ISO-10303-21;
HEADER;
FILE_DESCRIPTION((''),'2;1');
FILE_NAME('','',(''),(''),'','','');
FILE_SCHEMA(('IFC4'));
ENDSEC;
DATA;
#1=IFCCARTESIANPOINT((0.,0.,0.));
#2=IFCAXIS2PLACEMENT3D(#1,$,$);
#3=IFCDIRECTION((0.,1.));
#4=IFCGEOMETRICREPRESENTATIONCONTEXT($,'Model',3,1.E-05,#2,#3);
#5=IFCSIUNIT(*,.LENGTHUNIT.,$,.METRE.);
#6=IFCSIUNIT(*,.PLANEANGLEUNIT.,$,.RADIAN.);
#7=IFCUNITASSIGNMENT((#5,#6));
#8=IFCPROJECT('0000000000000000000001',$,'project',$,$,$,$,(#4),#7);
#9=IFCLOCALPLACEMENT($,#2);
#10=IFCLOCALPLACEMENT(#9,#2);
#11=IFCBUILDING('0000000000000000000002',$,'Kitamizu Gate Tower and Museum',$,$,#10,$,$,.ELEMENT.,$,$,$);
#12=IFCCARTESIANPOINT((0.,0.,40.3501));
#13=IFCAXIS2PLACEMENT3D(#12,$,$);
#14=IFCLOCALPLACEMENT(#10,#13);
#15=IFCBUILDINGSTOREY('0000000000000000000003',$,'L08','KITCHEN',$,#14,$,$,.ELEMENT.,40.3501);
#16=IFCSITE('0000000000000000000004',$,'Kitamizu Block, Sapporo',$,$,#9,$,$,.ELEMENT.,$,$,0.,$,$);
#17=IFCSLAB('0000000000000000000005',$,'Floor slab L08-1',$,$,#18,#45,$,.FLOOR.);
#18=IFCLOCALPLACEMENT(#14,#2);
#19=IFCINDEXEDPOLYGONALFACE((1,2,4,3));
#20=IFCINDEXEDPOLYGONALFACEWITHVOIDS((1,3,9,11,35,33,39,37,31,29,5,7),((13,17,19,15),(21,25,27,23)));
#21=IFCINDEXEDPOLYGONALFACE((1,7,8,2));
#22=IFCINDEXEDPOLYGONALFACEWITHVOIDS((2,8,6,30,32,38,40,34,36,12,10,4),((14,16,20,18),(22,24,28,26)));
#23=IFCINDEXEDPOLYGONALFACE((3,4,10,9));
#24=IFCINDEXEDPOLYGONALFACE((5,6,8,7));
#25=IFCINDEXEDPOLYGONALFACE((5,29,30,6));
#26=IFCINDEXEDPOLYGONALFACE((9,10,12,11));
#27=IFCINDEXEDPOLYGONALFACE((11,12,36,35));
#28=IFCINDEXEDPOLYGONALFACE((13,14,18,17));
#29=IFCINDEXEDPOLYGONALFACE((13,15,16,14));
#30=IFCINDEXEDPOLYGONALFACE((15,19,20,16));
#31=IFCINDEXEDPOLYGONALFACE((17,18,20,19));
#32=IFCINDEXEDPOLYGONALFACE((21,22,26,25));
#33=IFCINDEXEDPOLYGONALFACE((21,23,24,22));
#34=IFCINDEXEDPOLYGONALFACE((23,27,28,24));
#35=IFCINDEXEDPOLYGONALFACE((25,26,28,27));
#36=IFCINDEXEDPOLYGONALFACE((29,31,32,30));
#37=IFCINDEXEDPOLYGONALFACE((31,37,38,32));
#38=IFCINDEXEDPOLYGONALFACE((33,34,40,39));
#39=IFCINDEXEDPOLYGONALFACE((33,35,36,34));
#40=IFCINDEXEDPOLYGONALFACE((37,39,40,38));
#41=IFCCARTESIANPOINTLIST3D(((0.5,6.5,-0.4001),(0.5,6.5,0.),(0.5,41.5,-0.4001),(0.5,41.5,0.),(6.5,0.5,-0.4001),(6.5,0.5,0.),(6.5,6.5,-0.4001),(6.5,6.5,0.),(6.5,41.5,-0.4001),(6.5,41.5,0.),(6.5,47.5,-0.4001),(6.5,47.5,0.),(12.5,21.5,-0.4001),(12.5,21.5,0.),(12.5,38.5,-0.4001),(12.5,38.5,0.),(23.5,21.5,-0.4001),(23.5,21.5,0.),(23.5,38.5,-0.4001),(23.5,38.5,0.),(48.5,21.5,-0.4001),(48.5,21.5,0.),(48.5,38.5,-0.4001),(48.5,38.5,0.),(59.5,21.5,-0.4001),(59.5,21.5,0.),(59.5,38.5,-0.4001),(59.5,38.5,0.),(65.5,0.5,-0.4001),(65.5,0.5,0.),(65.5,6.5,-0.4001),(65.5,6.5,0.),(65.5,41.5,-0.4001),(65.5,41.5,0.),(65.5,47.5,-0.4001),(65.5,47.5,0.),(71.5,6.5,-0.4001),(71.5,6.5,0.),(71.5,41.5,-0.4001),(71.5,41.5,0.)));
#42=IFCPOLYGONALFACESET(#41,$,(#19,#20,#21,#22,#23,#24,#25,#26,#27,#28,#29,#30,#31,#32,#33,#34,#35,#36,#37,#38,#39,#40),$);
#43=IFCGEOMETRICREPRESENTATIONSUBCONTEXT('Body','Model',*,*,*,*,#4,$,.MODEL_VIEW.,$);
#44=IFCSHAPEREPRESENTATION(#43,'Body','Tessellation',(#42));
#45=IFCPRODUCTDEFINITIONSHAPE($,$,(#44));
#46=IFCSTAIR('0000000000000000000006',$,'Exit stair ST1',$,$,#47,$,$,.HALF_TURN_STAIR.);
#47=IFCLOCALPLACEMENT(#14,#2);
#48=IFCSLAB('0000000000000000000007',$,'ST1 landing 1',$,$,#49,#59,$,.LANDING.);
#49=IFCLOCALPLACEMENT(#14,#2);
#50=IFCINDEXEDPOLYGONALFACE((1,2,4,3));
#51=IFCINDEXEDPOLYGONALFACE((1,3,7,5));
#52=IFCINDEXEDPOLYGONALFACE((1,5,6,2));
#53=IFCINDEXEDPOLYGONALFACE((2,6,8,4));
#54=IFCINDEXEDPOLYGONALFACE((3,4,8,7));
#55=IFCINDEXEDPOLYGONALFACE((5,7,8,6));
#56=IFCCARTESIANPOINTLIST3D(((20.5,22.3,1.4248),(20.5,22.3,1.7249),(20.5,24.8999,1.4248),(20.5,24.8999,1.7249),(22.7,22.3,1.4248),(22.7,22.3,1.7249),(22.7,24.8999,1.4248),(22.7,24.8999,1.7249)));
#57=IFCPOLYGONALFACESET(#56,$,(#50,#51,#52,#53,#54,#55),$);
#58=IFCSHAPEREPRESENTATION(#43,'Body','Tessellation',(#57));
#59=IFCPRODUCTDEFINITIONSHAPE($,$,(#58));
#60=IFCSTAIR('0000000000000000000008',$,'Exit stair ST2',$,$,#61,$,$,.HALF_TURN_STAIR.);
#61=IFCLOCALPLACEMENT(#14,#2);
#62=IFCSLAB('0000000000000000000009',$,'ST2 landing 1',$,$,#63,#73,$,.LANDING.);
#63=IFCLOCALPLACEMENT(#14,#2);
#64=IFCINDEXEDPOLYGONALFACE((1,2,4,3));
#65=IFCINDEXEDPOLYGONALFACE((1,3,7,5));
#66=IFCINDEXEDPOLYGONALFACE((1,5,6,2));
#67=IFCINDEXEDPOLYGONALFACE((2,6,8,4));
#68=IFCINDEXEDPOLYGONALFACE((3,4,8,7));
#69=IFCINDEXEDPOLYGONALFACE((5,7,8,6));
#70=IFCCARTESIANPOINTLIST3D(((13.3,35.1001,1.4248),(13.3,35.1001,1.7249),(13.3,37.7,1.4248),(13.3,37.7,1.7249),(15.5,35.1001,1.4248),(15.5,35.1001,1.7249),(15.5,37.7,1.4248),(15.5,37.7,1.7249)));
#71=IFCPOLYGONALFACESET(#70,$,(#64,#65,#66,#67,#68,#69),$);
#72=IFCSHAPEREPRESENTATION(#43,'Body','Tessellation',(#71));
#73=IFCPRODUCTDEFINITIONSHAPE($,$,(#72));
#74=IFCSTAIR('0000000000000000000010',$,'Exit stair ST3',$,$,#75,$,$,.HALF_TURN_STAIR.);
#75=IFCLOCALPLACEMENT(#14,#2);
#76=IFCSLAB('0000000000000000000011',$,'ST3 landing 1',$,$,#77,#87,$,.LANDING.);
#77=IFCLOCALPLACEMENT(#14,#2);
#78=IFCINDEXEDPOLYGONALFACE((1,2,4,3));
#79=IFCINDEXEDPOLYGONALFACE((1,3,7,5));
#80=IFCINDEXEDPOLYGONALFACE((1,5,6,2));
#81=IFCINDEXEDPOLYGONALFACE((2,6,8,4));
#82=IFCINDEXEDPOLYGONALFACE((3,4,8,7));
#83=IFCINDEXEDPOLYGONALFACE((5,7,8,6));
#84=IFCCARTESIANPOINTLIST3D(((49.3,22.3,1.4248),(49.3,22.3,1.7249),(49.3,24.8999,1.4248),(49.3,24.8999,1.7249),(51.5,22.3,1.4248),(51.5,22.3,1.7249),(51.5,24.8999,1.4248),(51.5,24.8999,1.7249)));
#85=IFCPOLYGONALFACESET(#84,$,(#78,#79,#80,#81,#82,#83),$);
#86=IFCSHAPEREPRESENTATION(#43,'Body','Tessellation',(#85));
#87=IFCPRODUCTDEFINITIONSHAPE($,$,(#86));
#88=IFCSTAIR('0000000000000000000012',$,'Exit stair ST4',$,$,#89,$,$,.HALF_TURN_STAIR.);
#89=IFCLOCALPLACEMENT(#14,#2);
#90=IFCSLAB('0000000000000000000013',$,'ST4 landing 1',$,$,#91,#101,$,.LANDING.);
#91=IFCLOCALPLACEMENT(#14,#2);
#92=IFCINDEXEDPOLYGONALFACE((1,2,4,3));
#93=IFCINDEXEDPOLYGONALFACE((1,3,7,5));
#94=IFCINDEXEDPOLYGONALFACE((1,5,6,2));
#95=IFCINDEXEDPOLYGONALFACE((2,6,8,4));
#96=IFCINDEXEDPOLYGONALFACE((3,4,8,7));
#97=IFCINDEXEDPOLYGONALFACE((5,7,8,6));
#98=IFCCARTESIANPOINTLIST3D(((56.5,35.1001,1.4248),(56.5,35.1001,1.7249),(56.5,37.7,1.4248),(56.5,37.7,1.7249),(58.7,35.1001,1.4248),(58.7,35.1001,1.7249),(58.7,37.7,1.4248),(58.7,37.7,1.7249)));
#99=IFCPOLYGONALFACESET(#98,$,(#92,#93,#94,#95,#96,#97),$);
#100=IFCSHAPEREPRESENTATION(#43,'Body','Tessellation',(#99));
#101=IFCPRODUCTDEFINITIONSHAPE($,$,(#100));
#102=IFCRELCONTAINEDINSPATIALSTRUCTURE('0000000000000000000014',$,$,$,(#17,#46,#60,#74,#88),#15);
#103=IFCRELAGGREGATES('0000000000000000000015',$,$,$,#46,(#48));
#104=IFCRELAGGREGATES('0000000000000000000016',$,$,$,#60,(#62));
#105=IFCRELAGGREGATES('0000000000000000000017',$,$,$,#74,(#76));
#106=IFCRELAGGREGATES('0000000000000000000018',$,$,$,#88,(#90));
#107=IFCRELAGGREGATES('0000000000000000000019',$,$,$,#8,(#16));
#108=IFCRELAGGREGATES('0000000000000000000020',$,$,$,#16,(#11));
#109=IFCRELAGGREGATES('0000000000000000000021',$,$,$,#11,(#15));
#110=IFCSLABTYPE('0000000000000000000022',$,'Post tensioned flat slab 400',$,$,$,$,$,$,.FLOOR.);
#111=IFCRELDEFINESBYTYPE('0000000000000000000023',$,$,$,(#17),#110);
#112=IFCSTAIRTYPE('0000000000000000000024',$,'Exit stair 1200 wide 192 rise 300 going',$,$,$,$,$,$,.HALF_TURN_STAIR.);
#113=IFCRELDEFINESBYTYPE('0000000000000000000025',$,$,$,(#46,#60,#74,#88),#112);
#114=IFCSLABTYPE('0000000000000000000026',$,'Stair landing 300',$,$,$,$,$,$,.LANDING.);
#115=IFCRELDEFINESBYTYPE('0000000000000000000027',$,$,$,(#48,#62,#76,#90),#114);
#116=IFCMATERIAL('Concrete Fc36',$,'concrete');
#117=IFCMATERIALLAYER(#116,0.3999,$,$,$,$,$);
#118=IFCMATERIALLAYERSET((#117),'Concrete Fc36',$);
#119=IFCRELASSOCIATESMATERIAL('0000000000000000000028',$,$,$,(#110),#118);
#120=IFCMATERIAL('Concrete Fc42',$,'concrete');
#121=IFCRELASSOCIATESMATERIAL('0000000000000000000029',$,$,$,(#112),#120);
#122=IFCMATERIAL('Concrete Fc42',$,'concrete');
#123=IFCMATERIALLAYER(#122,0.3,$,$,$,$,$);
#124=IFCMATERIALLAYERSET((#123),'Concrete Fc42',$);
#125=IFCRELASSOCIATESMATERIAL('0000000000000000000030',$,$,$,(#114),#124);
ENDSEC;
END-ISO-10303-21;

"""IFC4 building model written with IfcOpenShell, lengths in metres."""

from ifc_helpers import new_model, si_unit, direction, frame, origin, place, context, subcontext, project, spatial, polyline, outline, extrude, material, layer, layer_set, type_object, element, aggregate, save


model = new_model("IFC4")

# Units and contexts
model_context = context("Model", 3, precision=1e-05, world=origin(), true_north=direction((0.0, 1.0)))
body_context = subcontext(model_context, "Body", "Model", "MODEL_VIEW")
ifc_project = project(units=[si_unit("LENGTHUNIT", "METRE"), si_unit("PLANEANGLEUNIT", "RADIAN")], contexts=[model_context])

# Site, building, storey
site_placement = place(None, origin())
site = spatial("IfcSite", under=ifc_project, at=site_placement, Name="Kitamizu Block, Sapporo", CompositionType="ELEMENT", RefElevation=0.0)
building_placement = place(site_placement, origin())
building = spatial("IfcBuilding", under=site, at=building_placement, Name="Kitamizu Gate Tower and Museum", CompositionType="ELEMENT")
storey_placement = place(building_placement, frame((0.0, 0.0, 40.3501)))
storey = spatial("IfcBuildingStorey", under=building, at=storey_placement, Name="L08", Description="KITCHEN", CompositionType="ELEMENT", Elevation=40.3501)

# Slab
ifc_material_1 = material(Name="Concrete Fc36", Category="concrete")
ifc_layer_1 = layer(ifc_material_1, 0.3999)
ifc_layer_set_1 = layer_set([ifc_layer_1], Name="Concrete Fc36")
slab_type_1 = type_object("IfcSlabType", Name="Post tensioned flat slab 400", PredefinedType="FLOOR", material=ifc_layer_set_1)
slab_1_placement = place(storey_placement, frame((0.0, 0.0, -0.4001)))
element("IfcSlab", 1, at=slab_1_placement, inside=storey, type_object=slab_type_1, Name="Floor slab L08-1", PredefinedType="FLOOR", context=body_context, shape_type="SweptSolid", body=[
    extrude(outline(polyline([(0.5, 6.5), (0.5, 41.5), (6.5, 41.5), (6.5, 47.5), (65.5, 47.5), (65.5, 41.5), (71.5, 41.5), (71.5, 6.5), (65.5, 6.5), (65.5, 0.5), (6.5, 0.5), (6.5, 6.5), (0.5, 6.5)]), holes=[polyline([(59.5, 38.5), (48.5, 38.5), (48.5, 21.5), (59.5, 21.5), (59.5, 38.5)]), polyline([(12.5, 38.5), (12.5, 21.5), (23.5, 21.5), (23.5, 38.5), (12.5, 38.5)])]), origin(), (0.0, 0.0, 1.0), 0.4001),
])

# Stairs, slabs
ifc_material_2 = material(Name="Concrete Fc42", Category="concrete")
stair_type = type_object("IfcStairType", Name="Exit stair 1200 wide 192 rise 300 going", PredefinedType="HALF_TURN_STAIR", material=ifc_material_2)
stair_1_placement = place(storey_placement, origin())
stair_1 = element("IfcStair", 2, at=stair_1_placement, inside=storey, type_object=stair_type, Name="Exit stair ST1", PredefinedType="HALF_TURN_STAIR")
ifc_material_3 = material(Name="Concrete Fc42", Category="concrete")
ifc_layer_2 = layer(ifc_material_3, 0.3)
ifc_layer_set_2 = layer_set([ifc_layer_2], Name="Concrete Fc42")
slab_type_2 = type_object("IfcSlabType", Name="Stair landing 300", PredefinedType="LANDING", material=ifc_layer_set_2)
slab_2_placement = place(storey_placement, frame((0.0, 0.0, 1.4248)))
slab_2 = element("IfcSlab", 3, at=slab_2_placement, type_object=slab_type_2, Name="ST1 landing 1", PredefinedType="LANDING", context=body_context, shape_type="SweptSolid", body=[
    extrude(outline(polyline([(20.5, 22.3), (22.7, 22.3), (22.7, 24.8999), (20.5, 24.8999), (20.5, 22.3)])), origin(), (0.0, 0.0, 1.0), 0.3),
])
aggregate(stair_1, [slab_2])
stair_2_placement = place(storey_placement, origin())
stair_2 = element("IfcStair", 4, at=stair_2_placement, inside=storey, type_object=stair_type, Name="Exit stair ST2", PredefinedType="HALF_TURN_STAIR")
slab_3_placement = place(storey_placement, frame((0.0, 0.0, 1.4248)))
slab_3 = element("IfcSlab", 5, at=slab_3_placement, type_object=slab_type_2, Name="ST2 landing 1", PredefinedType="LANDING", context=body_context, shape_type="SweptSolid", body=[
    extrude(outline(polyline([(13.3, 35.1001), (15.5, 35.1001), (15.5, 37.7), (13.3, 37.7), (13.3, 35.1001)])), origin(), (0.0, 0.0, 1.0), 0.3),
])
aggregate(stair_2, [slab_3])
stair_3_placement = place(storey_placement, origin())
stair_3 = element("IfcStair", 6, at=stair_3_placement, inside=storey, type_object=stair_type, Name="Exit stair ST3", PredefinedType="HALF_TURN_STAIR")
slab_4_placement = place(storey_placement, frame((0.0, 0.0, 1.4248)))
slab_4 = element("IfcSlab", 7, at=slab_4_placement, type_object=slab_type_2, Name="ST3 landing 1", PredefinedType="LANDING", context=body_context, shape_type="SweptSolid", body=[
    extrude(outline(polyline([(49.3, 22.3), (51.5, 22.3), (51.5, 24.8999), (49.3, 24.8999), (49.3, 22.3)])), origin(), (0.0, 0.0, 1.0), 0.3),
])
aggregate(stair_3, [slab_4])
stair_4_placement = place(storey_placement, origin())
stair_4 = element("IfcStair", 8, at=stair_4_placement, inside=storey, type_object=stair_type, Name="Exit stair ST4", PredefinedType="HALF_TURN_STAIR")
slab_5_placement = place(storey_placement, frame((0.0, 0.0, 1.4248)))
slab_5 = element("IfcSlab", 9, at=slab_5_placement, type_object=slab_type_2, Name="ST4 landing 1", PredefinedType="LANDING", context=body_context, shape_type="SweptSolid", body=[
    extrude(outline(polyline([(56.5, 35.1001), (58.7, 35.1001), (58.7, 37.7), (56.5, 37.7), (56.5, 35.1001)])), origin(), (0.0, 0.0, 1.0), 0.3),
])
aggregate(stair_4, [slab_5])

save(model, "model.ifc")
